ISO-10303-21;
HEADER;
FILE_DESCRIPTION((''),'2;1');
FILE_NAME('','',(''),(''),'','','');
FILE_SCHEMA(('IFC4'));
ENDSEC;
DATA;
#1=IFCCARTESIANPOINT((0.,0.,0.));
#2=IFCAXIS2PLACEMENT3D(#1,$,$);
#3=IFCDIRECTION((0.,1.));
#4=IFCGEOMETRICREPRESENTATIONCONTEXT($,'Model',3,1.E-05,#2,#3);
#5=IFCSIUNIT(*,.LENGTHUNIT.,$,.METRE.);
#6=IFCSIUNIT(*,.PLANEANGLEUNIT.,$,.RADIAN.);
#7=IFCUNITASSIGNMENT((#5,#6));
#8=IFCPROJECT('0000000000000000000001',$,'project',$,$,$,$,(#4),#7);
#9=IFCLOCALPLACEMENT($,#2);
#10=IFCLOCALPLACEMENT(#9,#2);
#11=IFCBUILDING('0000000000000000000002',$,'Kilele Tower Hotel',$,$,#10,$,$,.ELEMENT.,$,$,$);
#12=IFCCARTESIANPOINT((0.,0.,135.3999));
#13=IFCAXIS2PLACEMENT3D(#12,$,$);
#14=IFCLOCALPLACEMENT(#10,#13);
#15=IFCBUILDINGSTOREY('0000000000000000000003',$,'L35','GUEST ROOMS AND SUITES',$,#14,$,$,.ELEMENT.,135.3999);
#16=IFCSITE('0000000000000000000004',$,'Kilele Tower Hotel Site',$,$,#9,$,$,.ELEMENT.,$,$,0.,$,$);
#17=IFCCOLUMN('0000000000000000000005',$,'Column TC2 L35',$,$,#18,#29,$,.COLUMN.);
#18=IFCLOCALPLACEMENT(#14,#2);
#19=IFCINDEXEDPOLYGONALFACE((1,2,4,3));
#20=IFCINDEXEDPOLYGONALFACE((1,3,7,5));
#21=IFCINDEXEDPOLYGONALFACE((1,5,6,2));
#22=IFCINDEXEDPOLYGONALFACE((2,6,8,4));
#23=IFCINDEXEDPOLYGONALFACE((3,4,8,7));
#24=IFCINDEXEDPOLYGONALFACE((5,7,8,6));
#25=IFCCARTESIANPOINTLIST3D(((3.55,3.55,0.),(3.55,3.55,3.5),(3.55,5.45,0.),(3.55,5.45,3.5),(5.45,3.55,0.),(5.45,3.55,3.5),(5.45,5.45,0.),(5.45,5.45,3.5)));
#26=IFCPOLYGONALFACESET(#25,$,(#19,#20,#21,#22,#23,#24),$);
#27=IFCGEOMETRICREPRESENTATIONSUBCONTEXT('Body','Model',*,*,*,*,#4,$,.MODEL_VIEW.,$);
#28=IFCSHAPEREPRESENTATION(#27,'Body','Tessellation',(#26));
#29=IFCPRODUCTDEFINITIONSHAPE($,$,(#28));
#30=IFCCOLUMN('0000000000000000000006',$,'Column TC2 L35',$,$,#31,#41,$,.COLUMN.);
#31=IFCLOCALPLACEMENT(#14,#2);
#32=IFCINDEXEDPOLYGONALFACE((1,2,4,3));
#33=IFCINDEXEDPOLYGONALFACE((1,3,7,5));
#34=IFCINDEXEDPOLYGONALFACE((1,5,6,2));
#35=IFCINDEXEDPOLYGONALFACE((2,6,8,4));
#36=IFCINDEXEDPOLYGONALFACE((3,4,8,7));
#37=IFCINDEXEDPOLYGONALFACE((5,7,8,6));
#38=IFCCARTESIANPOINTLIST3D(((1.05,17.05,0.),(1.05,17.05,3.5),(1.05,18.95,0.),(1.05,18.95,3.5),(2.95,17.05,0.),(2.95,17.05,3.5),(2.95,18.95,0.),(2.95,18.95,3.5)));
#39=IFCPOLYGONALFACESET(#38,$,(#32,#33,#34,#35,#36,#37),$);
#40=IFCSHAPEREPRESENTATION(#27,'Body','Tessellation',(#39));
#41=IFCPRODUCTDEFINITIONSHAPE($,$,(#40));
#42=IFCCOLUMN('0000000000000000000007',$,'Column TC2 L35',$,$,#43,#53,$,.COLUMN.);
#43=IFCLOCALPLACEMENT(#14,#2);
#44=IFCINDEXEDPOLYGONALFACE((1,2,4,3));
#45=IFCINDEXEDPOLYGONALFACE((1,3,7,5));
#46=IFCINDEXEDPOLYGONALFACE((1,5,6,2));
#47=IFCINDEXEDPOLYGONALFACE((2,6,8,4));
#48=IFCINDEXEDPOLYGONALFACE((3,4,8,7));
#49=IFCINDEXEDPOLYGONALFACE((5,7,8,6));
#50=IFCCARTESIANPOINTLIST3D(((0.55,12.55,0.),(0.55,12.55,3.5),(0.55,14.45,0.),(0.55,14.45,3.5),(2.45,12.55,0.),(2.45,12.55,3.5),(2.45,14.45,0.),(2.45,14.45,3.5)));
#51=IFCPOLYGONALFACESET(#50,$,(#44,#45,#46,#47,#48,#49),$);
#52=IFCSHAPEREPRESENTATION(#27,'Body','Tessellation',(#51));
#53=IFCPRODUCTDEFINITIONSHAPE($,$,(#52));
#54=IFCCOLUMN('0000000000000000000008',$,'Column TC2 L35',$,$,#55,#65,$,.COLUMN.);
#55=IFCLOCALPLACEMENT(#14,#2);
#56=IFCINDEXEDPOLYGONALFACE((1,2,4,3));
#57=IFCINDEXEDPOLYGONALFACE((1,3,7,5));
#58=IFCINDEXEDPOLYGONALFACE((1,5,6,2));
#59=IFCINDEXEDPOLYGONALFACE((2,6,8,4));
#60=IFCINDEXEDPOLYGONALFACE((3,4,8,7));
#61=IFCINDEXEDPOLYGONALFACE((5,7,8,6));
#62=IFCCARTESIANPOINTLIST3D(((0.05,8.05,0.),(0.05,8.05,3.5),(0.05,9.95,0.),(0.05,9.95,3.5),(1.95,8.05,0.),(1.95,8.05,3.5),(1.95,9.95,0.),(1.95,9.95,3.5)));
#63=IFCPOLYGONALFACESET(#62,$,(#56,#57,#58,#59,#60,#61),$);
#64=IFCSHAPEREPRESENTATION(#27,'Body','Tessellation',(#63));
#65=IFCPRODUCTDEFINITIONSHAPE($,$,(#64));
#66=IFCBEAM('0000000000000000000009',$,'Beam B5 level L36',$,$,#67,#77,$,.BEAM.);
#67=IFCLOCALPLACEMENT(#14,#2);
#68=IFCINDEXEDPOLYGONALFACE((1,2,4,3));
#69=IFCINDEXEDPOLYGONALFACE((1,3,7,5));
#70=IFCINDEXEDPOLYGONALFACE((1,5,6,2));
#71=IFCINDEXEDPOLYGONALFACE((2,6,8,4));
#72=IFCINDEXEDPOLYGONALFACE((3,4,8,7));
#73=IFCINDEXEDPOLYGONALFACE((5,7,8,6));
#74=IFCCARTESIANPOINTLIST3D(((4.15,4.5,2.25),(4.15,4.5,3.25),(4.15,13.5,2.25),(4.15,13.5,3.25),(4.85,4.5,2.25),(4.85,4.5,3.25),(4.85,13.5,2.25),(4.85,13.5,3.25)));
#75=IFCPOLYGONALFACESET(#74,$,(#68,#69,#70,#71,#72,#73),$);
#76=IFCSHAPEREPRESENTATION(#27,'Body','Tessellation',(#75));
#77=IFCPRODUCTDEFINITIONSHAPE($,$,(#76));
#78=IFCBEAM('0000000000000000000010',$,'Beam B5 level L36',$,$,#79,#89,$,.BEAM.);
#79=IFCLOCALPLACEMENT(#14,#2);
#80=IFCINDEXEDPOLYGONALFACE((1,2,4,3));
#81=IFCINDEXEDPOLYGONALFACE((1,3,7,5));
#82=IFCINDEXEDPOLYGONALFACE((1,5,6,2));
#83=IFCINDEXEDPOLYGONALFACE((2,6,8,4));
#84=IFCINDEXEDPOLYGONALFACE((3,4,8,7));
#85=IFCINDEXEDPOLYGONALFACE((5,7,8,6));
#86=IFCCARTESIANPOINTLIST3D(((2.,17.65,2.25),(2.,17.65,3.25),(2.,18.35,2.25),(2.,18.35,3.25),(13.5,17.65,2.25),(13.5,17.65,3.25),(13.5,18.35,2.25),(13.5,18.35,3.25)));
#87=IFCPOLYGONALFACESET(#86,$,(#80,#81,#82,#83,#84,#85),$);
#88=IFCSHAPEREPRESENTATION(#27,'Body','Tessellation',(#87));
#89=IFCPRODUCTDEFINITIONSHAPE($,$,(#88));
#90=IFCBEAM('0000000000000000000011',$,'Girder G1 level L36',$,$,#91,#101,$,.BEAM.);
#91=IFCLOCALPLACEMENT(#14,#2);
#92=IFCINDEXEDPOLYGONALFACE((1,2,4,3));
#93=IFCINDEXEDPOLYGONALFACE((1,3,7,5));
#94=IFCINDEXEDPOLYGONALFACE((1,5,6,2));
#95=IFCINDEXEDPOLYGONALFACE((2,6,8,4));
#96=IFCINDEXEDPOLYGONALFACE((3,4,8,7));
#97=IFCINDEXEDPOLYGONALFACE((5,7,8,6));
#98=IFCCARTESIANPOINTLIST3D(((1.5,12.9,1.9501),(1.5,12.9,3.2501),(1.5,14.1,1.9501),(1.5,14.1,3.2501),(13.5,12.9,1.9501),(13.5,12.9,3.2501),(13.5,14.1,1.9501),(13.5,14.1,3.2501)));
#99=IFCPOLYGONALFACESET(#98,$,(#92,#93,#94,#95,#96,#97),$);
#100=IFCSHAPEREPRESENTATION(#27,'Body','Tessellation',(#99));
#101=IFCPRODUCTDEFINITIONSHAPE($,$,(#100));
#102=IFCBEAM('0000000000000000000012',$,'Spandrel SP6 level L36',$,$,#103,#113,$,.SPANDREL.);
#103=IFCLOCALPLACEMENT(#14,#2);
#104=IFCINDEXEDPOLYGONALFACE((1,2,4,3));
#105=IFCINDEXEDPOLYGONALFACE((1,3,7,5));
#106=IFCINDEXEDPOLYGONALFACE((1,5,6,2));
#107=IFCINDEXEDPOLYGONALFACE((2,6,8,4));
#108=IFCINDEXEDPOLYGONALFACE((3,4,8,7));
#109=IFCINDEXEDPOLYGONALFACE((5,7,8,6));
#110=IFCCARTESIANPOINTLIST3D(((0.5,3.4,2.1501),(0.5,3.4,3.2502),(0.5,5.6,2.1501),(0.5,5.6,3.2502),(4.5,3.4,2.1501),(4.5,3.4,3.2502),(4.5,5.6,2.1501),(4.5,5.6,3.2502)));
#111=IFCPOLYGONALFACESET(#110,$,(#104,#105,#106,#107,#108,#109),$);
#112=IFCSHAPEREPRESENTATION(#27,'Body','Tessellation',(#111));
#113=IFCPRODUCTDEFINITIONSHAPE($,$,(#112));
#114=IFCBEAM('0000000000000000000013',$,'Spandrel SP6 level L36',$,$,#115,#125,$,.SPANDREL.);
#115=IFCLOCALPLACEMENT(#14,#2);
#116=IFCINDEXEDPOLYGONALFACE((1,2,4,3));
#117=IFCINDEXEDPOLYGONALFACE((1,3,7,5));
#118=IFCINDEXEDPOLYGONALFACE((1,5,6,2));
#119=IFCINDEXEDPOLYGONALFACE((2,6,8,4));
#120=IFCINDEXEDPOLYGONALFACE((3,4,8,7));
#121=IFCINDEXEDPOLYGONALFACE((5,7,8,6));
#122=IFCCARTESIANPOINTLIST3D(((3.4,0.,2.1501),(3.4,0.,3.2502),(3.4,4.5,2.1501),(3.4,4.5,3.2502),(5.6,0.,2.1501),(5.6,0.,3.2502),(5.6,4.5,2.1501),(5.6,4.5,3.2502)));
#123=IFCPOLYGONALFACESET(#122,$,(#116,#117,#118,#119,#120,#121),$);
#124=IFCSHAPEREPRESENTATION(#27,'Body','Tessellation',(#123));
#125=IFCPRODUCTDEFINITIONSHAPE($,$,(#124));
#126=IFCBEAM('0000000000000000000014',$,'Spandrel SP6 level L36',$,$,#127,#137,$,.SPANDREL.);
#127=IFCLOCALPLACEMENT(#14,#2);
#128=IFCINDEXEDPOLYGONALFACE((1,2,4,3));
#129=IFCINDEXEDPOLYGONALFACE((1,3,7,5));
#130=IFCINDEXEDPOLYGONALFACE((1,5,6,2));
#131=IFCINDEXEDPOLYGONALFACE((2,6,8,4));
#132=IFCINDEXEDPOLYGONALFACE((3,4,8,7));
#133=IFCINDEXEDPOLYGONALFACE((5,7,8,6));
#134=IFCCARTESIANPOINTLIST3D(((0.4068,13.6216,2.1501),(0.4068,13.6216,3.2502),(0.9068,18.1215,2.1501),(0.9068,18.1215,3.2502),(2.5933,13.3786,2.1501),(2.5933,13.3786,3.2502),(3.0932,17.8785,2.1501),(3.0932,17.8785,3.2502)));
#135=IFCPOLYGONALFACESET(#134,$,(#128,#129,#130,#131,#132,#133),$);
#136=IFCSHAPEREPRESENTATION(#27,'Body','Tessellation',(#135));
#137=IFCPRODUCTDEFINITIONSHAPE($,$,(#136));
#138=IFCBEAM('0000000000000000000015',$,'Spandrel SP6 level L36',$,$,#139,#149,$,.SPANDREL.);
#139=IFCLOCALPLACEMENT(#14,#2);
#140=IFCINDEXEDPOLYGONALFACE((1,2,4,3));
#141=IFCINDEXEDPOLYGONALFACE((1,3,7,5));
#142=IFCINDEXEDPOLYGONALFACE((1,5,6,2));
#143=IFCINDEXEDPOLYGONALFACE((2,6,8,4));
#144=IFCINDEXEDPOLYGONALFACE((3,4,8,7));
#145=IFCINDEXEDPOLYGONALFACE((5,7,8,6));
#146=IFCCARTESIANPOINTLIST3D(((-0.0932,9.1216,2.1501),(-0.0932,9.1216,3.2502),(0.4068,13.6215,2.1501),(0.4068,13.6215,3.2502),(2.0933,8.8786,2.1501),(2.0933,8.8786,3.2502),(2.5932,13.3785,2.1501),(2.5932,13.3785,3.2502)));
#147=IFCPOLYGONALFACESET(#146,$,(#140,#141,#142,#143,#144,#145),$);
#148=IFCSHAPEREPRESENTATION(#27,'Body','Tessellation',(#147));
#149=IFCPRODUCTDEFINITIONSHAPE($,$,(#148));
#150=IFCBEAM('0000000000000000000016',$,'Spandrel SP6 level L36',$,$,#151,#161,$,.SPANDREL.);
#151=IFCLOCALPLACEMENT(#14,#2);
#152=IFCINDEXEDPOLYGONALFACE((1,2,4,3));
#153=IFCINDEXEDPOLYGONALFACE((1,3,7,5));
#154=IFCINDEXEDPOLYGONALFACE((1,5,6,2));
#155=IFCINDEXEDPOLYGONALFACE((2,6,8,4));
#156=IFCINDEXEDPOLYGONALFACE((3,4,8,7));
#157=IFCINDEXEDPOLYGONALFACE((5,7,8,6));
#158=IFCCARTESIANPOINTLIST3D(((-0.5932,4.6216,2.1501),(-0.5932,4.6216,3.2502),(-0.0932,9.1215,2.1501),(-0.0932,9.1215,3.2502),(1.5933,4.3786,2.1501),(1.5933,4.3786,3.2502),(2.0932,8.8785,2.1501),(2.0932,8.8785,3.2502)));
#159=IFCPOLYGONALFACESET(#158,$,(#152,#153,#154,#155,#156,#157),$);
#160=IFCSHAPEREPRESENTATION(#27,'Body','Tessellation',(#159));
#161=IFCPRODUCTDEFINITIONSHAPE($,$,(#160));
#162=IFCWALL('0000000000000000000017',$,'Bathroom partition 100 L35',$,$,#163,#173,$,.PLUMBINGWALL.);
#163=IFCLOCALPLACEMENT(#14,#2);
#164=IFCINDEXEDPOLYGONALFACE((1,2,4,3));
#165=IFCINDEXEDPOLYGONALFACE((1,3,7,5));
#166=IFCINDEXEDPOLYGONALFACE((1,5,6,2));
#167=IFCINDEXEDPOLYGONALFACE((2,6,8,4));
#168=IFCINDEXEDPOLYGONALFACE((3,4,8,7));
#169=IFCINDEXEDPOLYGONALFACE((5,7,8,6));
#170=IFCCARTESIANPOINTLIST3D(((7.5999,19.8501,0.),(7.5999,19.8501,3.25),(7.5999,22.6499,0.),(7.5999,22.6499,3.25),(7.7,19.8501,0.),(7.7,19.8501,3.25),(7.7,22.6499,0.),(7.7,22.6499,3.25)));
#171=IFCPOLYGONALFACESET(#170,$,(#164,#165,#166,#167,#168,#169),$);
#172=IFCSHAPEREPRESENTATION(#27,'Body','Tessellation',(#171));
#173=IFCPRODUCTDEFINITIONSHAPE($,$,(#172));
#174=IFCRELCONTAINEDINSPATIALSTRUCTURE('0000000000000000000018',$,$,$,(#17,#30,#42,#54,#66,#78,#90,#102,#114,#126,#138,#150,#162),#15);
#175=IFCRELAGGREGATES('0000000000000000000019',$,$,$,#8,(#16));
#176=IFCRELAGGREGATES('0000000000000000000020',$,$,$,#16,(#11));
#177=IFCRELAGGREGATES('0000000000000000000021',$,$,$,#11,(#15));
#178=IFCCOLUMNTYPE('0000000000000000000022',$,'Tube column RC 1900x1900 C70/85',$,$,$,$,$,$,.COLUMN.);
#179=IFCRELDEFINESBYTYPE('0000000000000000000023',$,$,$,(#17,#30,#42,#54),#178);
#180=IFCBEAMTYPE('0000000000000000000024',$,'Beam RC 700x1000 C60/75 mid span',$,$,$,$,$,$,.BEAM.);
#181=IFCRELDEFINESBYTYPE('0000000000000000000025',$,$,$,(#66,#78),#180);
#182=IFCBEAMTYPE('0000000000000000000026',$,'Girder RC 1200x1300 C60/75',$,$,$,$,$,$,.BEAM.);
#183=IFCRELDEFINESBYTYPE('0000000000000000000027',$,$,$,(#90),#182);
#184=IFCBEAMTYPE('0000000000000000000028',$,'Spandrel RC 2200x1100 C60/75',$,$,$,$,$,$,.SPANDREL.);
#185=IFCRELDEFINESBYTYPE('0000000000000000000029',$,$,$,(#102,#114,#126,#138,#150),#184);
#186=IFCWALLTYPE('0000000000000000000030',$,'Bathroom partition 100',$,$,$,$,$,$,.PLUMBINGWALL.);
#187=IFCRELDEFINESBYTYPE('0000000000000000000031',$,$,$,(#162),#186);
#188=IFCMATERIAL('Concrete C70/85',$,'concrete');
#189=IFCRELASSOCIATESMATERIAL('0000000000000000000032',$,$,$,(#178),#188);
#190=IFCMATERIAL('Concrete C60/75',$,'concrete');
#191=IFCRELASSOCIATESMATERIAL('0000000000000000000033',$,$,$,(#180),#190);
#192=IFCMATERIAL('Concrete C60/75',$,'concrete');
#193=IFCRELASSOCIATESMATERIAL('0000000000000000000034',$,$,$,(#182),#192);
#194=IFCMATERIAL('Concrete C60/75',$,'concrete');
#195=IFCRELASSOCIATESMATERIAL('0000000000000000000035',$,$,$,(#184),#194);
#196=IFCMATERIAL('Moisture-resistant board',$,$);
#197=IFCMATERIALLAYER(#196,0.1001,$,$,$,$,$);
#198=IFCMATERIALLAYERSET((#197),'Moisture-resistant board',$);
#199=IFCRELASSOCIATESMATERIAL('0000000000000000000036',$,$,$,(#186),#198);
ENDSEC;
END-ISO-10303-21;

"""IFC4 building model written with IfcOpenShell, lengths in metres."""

from ifc_helpers import new_model, si_unit, direction, frame, frame_2d, origin, origin_2d, place, context, subcontext, project, spatial, rectangle, extrude, material, layer, layer_set, material_profile, profile_set, type_object, element, save


model = new_model("IFC4")

# Units and contexts
model_context = context("Model", 3, precision=1e-05, world=origin(), true_north=direction((0.0, 1.0)))
body_context = subcontext(model_context, "Body", "Model", "MODEL_VIEW")
ifc_project = project(units=[si_unit("LENGTHUNIT", "METRE"), si_unit("PLANEANGLEUNIT", "RADIAN")], contexts=[model_context])

# Site, building, storey
site_placement = place(None, origin())
site = spatial("IfcSite", under=ifc_project, at=site_placement, Name="Kilele Tower Hotel Site", CompositionType="ELEMENT", RefElevation=0.0)
building_placement = place(site_placement, origin())
building = spatial("IfcBuilding", under=site, at=building_placement, Name="Kilele Tower Hotel", CompositionType="ELEMENT")
storey_placement = place(building_placement, frame((0.0, 0.0, 135.3999)))
storey = spatial("IfcBuildingStorey", under=building, at=storey_placement, Name="L35", Description="GUEST ROOMS AND SUITES", CompositionType="ELEMENT", Elevation=135.3999)

# Columns
ifc_material_1 = material(Name="Concrete C70/85", Category="concrete")
ifc_material_profile_1 = material_profile(ifc_material_1, rectangle(XDim=1.8999, YDim=1.8999, at=origin_2d()))
ifc_profile_set_1 = profile_set([ifc_material_profile_1], Name="Concrete C70/85")
column_type = type_object("IfcColumnType", Name="Tube column RC 1900x1900 C70/85", PredefinedType="COLUMN", material=ifc_profile_set_1)
for number, where, z_axis, x_axis, name in (
    (1, (4.5, 4.5, 0.0), (0.0, 0.0, 1.0), (1.0, 0.0, 0.0), "Column TC2 L35"),
    (2, (2.0, 18.0, 0.0), (0.0, 0.0, 1.0), (1.0, 0.0, 0.0), "Column TC2 L35"),
    (3, (1.5, 13.5, 0.0), (0.0, 0.0, 1.0), (1.0, 0.0, 0.0), "Column TC2 L35"),
    (4, (1.0, 9.0, 0.0), (0.0, 0.0, 1.0), (1.0, 0.0, 0.0), "Column TC2 L35"),
):
    element("IfcColumn", number, at=place(storey_placement, frame(where, z_axis=z_axis, x_axis=x_axis)), inside=storey, type_object=column_type, Name=name, PredefinedType="COLUMN", context=body_context, shape_type="SweptSolid", body=[
        extrude(rectangle(XDim=1.8999, YDim=1.8999, at=origin_2d()), origin(), (0.0, 0.0, 1.0), 3.5),
    ])

# Beams
ifc_material_2 = material(Name="Concrete C60/75", Category="concrete")
ifc_material_profile_2 = material_profile(ifc_material_2, rectangle(XDim=0.7, YDim=1.0, at=origin_2d()))
ifc_profile_set_2 = profile_set([ifc_material_profile_2], Name="Concrete C60/75")
beam_type_1 = type_object("IfcBeamType", Name="Beam RC 700x1000 C60/75 mid span", PredefinedType="BEAM", material=ifc_profile_set_2)
beam_1_placement = place(storey_placement, frame((4.5, 4.5, 2.75), z_axis=(0.0, 1.0, 0.0), x_axis=(-1.0, 0.0, 0.0)))
element("IfcBeam", 5, at=beam_1_placement, inside=storey, type_object=beam_type_1, Name="Beam B5 level L36", PredefinedType="BEAM", context=body_context, shape_type="SweptSolid", body=[
    extrude(rectangle(XDim=0.7, YDim=1.0, at=origin_2d()), origin(), (0.0, 0.0, 1.0), 9.0),
])
beam_2_placement = place(storey_placement, frame((2.0, 18.0, 2.75), z_axis=(1.0, 0.0, 0.0), x_axis=(0.0, 1.0, 0.0)))
element("IfcBeam", 6, at=beam_2_placement, inside=storey, type_object=beam_type_1, Name="Beam B5 level L36", PredefinedType="BEAM", context=body_context, shape_type="SweptSolid", body=[
    extrude(rectangle(XDim=0.7, YDim=1.0, at=origin_2d()), origin(), (0.0, 0.0, 1.0), 11.5),
])
ifc_material_3 = material(Name="Concrete C60/75", Category="concrete")
ifc_material_profile_3 = material_profile(ifc_material_3, rectangle(XDim=1.2, YDim=1.3, at=origin_2d()))
ifc_profile_set_3 = profile_set([ifc_material_profile_3], Name="Concrete C60/75")
beam_type_2 = type_object("IfcBeamType", Name="Girder RC 1200x1300 C60/75", PredefinedType="BEAM", material=ifc_profile_set_3)
beam_3_placement = place(storey_placement, frame((1.5, 13.5, 2.6001), z_axis=(1.0, 0.0, 0.0), x_axis=(0.0, 1.0, 0.0)))
element("IfcBeam", 7, at=beam_3_placement, inside=storey, type_object=beam_type_2, Name="Girder G1 level L36", PredefinedType="BEAM", context=body_context, shape_type="SweptSolid", body=[
    extrude(rectangle(XDim=1.2, YDim=1.3, at=origin_2d()), origin(), (0.0, 0.0, 1.0), 12.0),
])
ifc_material_4 = material(Name="Concrete C60/75", Category="concrete")
ifc_material_profile_4 = material_profile(ifc_material_4, rectangle(XDim=2.2, YDim=1.1001, at=origin_2d()))
ifc_profile_set_4 = profile_set([ifc_material_profile_4], Name="Concrete C60/75")
beam_type_3 = type_object("IfcBeamType", Name="Spandrel RC 2200x1100 C60/75", PredefinedType="SPANDREL", material=ifc_profile_set_4)
beam_4_placement = place(storey_placement, frame((0.5, 4.5, 2.7002), z_axis=(1.0, 0.0, 0.0), x_axis=(0.0, 1.0, 0.0)))
element("IfcBeam", 8, at=beam_4_placement, inside=storey, type_object=beam_type_3, Name="Spandrel SP6 level L36", PredefinedType="SPANDREL", context=body_context, shape_type="SweptSolid", body=[
    extrude(rectangle(XDim=2.2, YDim=1.1001, at=origin_2d()), origin(), (0.0, 0.0, 1.0), 4.0),
])
beam_5_placement = place(storey_placement, frame((4.5, 4.5, 2.7002), z_axis=(0.0, -1.0, 0.0), x_axis=(1.0, 0.0, 0.0)))
element("IfcBeam", 9, at=beam_5_placement, inside=storey, type_object=beam_type_3, Name="Spandrel SP6 level L36", PredefinedType="SPANDREL", context=body_context, shape_type="SweptSolid", body=[
    extrude(rectangle(XDim=2.2, YDim=1.1001, at=origin_2d()), origin(), (0.0, 0.0, 1.0), 4.5),
])
for number, where, z_axis, x_axis, name in (
    (10, (2.0, 18.0, 2.7002), (-0.110432, -0.993884, 0.0), (0.993884, -0.110432, 0.0), "Spandrel SP6 level L36"),
    (11, (1.5, 13.5, 2.7002), (-0.110432, -0.993884, 0.0), (0.993884, -0.110432, 0.0), "Spandrel SP6 level L36"),
    (12, (1.0, 9.0, 2.7002), (-0.110432, -0.993884, 0.0), (0.993884, -0.110432, 0.0), "Spandrel SP6 level L36"),
):
    element("IfcBeam", number, at=place(storey_placement, frame(where, z_axis=z_axis, x_axis=x_axis)), inside=storey, type_object=beam_type_3, Name=name, PredefinedType="SPANDREL", context=body_context, shape_type="SweptSolid", body=[
        extrude(rectangle(XDim=2.2, YDim=1.1001, at=origin_2d()), origin(), (0.0, 0.0, 1.0), 4.5276),
    ])

# Wall
ifc_material_5 = material(Name="Moisture-resistant board")
ifc_layer_1 = layer(ifc_material_5, 0.1001)
ifc_layer_set_1 = layer_set([ifc_layer_1], Name="Moisture-resistant board")
wall_type_1 = type_object("IfcWallType", Name="Bathroom partition 100", PredefinedType="PLUMBINGWALL", material=ifc_layer_set_1)
wall_1_placement = place(storey_placement, frame((7.6499, 19.8501, 0.0), z_axis=(0.0, 0.0, 1.0), x_axis=(0.0, 1.0, 0.0)))
element("IfcWall", 13, at=wall_1_placement, inside=storey, type_object=wall_type_1, Name="Bathroom partition 100 L35", PredefinedType="PLUMBINGWALL", context=body_context, shape_type="SweptSolid", body=[
    extrude(rectangle(XDim=2.7998, YDim=0.1001, at=frame_2d((1.3999, 0.0))), origin(), (0.0, 0.0, 1.0), 3.25),
])

save(model, "model.ifc")
